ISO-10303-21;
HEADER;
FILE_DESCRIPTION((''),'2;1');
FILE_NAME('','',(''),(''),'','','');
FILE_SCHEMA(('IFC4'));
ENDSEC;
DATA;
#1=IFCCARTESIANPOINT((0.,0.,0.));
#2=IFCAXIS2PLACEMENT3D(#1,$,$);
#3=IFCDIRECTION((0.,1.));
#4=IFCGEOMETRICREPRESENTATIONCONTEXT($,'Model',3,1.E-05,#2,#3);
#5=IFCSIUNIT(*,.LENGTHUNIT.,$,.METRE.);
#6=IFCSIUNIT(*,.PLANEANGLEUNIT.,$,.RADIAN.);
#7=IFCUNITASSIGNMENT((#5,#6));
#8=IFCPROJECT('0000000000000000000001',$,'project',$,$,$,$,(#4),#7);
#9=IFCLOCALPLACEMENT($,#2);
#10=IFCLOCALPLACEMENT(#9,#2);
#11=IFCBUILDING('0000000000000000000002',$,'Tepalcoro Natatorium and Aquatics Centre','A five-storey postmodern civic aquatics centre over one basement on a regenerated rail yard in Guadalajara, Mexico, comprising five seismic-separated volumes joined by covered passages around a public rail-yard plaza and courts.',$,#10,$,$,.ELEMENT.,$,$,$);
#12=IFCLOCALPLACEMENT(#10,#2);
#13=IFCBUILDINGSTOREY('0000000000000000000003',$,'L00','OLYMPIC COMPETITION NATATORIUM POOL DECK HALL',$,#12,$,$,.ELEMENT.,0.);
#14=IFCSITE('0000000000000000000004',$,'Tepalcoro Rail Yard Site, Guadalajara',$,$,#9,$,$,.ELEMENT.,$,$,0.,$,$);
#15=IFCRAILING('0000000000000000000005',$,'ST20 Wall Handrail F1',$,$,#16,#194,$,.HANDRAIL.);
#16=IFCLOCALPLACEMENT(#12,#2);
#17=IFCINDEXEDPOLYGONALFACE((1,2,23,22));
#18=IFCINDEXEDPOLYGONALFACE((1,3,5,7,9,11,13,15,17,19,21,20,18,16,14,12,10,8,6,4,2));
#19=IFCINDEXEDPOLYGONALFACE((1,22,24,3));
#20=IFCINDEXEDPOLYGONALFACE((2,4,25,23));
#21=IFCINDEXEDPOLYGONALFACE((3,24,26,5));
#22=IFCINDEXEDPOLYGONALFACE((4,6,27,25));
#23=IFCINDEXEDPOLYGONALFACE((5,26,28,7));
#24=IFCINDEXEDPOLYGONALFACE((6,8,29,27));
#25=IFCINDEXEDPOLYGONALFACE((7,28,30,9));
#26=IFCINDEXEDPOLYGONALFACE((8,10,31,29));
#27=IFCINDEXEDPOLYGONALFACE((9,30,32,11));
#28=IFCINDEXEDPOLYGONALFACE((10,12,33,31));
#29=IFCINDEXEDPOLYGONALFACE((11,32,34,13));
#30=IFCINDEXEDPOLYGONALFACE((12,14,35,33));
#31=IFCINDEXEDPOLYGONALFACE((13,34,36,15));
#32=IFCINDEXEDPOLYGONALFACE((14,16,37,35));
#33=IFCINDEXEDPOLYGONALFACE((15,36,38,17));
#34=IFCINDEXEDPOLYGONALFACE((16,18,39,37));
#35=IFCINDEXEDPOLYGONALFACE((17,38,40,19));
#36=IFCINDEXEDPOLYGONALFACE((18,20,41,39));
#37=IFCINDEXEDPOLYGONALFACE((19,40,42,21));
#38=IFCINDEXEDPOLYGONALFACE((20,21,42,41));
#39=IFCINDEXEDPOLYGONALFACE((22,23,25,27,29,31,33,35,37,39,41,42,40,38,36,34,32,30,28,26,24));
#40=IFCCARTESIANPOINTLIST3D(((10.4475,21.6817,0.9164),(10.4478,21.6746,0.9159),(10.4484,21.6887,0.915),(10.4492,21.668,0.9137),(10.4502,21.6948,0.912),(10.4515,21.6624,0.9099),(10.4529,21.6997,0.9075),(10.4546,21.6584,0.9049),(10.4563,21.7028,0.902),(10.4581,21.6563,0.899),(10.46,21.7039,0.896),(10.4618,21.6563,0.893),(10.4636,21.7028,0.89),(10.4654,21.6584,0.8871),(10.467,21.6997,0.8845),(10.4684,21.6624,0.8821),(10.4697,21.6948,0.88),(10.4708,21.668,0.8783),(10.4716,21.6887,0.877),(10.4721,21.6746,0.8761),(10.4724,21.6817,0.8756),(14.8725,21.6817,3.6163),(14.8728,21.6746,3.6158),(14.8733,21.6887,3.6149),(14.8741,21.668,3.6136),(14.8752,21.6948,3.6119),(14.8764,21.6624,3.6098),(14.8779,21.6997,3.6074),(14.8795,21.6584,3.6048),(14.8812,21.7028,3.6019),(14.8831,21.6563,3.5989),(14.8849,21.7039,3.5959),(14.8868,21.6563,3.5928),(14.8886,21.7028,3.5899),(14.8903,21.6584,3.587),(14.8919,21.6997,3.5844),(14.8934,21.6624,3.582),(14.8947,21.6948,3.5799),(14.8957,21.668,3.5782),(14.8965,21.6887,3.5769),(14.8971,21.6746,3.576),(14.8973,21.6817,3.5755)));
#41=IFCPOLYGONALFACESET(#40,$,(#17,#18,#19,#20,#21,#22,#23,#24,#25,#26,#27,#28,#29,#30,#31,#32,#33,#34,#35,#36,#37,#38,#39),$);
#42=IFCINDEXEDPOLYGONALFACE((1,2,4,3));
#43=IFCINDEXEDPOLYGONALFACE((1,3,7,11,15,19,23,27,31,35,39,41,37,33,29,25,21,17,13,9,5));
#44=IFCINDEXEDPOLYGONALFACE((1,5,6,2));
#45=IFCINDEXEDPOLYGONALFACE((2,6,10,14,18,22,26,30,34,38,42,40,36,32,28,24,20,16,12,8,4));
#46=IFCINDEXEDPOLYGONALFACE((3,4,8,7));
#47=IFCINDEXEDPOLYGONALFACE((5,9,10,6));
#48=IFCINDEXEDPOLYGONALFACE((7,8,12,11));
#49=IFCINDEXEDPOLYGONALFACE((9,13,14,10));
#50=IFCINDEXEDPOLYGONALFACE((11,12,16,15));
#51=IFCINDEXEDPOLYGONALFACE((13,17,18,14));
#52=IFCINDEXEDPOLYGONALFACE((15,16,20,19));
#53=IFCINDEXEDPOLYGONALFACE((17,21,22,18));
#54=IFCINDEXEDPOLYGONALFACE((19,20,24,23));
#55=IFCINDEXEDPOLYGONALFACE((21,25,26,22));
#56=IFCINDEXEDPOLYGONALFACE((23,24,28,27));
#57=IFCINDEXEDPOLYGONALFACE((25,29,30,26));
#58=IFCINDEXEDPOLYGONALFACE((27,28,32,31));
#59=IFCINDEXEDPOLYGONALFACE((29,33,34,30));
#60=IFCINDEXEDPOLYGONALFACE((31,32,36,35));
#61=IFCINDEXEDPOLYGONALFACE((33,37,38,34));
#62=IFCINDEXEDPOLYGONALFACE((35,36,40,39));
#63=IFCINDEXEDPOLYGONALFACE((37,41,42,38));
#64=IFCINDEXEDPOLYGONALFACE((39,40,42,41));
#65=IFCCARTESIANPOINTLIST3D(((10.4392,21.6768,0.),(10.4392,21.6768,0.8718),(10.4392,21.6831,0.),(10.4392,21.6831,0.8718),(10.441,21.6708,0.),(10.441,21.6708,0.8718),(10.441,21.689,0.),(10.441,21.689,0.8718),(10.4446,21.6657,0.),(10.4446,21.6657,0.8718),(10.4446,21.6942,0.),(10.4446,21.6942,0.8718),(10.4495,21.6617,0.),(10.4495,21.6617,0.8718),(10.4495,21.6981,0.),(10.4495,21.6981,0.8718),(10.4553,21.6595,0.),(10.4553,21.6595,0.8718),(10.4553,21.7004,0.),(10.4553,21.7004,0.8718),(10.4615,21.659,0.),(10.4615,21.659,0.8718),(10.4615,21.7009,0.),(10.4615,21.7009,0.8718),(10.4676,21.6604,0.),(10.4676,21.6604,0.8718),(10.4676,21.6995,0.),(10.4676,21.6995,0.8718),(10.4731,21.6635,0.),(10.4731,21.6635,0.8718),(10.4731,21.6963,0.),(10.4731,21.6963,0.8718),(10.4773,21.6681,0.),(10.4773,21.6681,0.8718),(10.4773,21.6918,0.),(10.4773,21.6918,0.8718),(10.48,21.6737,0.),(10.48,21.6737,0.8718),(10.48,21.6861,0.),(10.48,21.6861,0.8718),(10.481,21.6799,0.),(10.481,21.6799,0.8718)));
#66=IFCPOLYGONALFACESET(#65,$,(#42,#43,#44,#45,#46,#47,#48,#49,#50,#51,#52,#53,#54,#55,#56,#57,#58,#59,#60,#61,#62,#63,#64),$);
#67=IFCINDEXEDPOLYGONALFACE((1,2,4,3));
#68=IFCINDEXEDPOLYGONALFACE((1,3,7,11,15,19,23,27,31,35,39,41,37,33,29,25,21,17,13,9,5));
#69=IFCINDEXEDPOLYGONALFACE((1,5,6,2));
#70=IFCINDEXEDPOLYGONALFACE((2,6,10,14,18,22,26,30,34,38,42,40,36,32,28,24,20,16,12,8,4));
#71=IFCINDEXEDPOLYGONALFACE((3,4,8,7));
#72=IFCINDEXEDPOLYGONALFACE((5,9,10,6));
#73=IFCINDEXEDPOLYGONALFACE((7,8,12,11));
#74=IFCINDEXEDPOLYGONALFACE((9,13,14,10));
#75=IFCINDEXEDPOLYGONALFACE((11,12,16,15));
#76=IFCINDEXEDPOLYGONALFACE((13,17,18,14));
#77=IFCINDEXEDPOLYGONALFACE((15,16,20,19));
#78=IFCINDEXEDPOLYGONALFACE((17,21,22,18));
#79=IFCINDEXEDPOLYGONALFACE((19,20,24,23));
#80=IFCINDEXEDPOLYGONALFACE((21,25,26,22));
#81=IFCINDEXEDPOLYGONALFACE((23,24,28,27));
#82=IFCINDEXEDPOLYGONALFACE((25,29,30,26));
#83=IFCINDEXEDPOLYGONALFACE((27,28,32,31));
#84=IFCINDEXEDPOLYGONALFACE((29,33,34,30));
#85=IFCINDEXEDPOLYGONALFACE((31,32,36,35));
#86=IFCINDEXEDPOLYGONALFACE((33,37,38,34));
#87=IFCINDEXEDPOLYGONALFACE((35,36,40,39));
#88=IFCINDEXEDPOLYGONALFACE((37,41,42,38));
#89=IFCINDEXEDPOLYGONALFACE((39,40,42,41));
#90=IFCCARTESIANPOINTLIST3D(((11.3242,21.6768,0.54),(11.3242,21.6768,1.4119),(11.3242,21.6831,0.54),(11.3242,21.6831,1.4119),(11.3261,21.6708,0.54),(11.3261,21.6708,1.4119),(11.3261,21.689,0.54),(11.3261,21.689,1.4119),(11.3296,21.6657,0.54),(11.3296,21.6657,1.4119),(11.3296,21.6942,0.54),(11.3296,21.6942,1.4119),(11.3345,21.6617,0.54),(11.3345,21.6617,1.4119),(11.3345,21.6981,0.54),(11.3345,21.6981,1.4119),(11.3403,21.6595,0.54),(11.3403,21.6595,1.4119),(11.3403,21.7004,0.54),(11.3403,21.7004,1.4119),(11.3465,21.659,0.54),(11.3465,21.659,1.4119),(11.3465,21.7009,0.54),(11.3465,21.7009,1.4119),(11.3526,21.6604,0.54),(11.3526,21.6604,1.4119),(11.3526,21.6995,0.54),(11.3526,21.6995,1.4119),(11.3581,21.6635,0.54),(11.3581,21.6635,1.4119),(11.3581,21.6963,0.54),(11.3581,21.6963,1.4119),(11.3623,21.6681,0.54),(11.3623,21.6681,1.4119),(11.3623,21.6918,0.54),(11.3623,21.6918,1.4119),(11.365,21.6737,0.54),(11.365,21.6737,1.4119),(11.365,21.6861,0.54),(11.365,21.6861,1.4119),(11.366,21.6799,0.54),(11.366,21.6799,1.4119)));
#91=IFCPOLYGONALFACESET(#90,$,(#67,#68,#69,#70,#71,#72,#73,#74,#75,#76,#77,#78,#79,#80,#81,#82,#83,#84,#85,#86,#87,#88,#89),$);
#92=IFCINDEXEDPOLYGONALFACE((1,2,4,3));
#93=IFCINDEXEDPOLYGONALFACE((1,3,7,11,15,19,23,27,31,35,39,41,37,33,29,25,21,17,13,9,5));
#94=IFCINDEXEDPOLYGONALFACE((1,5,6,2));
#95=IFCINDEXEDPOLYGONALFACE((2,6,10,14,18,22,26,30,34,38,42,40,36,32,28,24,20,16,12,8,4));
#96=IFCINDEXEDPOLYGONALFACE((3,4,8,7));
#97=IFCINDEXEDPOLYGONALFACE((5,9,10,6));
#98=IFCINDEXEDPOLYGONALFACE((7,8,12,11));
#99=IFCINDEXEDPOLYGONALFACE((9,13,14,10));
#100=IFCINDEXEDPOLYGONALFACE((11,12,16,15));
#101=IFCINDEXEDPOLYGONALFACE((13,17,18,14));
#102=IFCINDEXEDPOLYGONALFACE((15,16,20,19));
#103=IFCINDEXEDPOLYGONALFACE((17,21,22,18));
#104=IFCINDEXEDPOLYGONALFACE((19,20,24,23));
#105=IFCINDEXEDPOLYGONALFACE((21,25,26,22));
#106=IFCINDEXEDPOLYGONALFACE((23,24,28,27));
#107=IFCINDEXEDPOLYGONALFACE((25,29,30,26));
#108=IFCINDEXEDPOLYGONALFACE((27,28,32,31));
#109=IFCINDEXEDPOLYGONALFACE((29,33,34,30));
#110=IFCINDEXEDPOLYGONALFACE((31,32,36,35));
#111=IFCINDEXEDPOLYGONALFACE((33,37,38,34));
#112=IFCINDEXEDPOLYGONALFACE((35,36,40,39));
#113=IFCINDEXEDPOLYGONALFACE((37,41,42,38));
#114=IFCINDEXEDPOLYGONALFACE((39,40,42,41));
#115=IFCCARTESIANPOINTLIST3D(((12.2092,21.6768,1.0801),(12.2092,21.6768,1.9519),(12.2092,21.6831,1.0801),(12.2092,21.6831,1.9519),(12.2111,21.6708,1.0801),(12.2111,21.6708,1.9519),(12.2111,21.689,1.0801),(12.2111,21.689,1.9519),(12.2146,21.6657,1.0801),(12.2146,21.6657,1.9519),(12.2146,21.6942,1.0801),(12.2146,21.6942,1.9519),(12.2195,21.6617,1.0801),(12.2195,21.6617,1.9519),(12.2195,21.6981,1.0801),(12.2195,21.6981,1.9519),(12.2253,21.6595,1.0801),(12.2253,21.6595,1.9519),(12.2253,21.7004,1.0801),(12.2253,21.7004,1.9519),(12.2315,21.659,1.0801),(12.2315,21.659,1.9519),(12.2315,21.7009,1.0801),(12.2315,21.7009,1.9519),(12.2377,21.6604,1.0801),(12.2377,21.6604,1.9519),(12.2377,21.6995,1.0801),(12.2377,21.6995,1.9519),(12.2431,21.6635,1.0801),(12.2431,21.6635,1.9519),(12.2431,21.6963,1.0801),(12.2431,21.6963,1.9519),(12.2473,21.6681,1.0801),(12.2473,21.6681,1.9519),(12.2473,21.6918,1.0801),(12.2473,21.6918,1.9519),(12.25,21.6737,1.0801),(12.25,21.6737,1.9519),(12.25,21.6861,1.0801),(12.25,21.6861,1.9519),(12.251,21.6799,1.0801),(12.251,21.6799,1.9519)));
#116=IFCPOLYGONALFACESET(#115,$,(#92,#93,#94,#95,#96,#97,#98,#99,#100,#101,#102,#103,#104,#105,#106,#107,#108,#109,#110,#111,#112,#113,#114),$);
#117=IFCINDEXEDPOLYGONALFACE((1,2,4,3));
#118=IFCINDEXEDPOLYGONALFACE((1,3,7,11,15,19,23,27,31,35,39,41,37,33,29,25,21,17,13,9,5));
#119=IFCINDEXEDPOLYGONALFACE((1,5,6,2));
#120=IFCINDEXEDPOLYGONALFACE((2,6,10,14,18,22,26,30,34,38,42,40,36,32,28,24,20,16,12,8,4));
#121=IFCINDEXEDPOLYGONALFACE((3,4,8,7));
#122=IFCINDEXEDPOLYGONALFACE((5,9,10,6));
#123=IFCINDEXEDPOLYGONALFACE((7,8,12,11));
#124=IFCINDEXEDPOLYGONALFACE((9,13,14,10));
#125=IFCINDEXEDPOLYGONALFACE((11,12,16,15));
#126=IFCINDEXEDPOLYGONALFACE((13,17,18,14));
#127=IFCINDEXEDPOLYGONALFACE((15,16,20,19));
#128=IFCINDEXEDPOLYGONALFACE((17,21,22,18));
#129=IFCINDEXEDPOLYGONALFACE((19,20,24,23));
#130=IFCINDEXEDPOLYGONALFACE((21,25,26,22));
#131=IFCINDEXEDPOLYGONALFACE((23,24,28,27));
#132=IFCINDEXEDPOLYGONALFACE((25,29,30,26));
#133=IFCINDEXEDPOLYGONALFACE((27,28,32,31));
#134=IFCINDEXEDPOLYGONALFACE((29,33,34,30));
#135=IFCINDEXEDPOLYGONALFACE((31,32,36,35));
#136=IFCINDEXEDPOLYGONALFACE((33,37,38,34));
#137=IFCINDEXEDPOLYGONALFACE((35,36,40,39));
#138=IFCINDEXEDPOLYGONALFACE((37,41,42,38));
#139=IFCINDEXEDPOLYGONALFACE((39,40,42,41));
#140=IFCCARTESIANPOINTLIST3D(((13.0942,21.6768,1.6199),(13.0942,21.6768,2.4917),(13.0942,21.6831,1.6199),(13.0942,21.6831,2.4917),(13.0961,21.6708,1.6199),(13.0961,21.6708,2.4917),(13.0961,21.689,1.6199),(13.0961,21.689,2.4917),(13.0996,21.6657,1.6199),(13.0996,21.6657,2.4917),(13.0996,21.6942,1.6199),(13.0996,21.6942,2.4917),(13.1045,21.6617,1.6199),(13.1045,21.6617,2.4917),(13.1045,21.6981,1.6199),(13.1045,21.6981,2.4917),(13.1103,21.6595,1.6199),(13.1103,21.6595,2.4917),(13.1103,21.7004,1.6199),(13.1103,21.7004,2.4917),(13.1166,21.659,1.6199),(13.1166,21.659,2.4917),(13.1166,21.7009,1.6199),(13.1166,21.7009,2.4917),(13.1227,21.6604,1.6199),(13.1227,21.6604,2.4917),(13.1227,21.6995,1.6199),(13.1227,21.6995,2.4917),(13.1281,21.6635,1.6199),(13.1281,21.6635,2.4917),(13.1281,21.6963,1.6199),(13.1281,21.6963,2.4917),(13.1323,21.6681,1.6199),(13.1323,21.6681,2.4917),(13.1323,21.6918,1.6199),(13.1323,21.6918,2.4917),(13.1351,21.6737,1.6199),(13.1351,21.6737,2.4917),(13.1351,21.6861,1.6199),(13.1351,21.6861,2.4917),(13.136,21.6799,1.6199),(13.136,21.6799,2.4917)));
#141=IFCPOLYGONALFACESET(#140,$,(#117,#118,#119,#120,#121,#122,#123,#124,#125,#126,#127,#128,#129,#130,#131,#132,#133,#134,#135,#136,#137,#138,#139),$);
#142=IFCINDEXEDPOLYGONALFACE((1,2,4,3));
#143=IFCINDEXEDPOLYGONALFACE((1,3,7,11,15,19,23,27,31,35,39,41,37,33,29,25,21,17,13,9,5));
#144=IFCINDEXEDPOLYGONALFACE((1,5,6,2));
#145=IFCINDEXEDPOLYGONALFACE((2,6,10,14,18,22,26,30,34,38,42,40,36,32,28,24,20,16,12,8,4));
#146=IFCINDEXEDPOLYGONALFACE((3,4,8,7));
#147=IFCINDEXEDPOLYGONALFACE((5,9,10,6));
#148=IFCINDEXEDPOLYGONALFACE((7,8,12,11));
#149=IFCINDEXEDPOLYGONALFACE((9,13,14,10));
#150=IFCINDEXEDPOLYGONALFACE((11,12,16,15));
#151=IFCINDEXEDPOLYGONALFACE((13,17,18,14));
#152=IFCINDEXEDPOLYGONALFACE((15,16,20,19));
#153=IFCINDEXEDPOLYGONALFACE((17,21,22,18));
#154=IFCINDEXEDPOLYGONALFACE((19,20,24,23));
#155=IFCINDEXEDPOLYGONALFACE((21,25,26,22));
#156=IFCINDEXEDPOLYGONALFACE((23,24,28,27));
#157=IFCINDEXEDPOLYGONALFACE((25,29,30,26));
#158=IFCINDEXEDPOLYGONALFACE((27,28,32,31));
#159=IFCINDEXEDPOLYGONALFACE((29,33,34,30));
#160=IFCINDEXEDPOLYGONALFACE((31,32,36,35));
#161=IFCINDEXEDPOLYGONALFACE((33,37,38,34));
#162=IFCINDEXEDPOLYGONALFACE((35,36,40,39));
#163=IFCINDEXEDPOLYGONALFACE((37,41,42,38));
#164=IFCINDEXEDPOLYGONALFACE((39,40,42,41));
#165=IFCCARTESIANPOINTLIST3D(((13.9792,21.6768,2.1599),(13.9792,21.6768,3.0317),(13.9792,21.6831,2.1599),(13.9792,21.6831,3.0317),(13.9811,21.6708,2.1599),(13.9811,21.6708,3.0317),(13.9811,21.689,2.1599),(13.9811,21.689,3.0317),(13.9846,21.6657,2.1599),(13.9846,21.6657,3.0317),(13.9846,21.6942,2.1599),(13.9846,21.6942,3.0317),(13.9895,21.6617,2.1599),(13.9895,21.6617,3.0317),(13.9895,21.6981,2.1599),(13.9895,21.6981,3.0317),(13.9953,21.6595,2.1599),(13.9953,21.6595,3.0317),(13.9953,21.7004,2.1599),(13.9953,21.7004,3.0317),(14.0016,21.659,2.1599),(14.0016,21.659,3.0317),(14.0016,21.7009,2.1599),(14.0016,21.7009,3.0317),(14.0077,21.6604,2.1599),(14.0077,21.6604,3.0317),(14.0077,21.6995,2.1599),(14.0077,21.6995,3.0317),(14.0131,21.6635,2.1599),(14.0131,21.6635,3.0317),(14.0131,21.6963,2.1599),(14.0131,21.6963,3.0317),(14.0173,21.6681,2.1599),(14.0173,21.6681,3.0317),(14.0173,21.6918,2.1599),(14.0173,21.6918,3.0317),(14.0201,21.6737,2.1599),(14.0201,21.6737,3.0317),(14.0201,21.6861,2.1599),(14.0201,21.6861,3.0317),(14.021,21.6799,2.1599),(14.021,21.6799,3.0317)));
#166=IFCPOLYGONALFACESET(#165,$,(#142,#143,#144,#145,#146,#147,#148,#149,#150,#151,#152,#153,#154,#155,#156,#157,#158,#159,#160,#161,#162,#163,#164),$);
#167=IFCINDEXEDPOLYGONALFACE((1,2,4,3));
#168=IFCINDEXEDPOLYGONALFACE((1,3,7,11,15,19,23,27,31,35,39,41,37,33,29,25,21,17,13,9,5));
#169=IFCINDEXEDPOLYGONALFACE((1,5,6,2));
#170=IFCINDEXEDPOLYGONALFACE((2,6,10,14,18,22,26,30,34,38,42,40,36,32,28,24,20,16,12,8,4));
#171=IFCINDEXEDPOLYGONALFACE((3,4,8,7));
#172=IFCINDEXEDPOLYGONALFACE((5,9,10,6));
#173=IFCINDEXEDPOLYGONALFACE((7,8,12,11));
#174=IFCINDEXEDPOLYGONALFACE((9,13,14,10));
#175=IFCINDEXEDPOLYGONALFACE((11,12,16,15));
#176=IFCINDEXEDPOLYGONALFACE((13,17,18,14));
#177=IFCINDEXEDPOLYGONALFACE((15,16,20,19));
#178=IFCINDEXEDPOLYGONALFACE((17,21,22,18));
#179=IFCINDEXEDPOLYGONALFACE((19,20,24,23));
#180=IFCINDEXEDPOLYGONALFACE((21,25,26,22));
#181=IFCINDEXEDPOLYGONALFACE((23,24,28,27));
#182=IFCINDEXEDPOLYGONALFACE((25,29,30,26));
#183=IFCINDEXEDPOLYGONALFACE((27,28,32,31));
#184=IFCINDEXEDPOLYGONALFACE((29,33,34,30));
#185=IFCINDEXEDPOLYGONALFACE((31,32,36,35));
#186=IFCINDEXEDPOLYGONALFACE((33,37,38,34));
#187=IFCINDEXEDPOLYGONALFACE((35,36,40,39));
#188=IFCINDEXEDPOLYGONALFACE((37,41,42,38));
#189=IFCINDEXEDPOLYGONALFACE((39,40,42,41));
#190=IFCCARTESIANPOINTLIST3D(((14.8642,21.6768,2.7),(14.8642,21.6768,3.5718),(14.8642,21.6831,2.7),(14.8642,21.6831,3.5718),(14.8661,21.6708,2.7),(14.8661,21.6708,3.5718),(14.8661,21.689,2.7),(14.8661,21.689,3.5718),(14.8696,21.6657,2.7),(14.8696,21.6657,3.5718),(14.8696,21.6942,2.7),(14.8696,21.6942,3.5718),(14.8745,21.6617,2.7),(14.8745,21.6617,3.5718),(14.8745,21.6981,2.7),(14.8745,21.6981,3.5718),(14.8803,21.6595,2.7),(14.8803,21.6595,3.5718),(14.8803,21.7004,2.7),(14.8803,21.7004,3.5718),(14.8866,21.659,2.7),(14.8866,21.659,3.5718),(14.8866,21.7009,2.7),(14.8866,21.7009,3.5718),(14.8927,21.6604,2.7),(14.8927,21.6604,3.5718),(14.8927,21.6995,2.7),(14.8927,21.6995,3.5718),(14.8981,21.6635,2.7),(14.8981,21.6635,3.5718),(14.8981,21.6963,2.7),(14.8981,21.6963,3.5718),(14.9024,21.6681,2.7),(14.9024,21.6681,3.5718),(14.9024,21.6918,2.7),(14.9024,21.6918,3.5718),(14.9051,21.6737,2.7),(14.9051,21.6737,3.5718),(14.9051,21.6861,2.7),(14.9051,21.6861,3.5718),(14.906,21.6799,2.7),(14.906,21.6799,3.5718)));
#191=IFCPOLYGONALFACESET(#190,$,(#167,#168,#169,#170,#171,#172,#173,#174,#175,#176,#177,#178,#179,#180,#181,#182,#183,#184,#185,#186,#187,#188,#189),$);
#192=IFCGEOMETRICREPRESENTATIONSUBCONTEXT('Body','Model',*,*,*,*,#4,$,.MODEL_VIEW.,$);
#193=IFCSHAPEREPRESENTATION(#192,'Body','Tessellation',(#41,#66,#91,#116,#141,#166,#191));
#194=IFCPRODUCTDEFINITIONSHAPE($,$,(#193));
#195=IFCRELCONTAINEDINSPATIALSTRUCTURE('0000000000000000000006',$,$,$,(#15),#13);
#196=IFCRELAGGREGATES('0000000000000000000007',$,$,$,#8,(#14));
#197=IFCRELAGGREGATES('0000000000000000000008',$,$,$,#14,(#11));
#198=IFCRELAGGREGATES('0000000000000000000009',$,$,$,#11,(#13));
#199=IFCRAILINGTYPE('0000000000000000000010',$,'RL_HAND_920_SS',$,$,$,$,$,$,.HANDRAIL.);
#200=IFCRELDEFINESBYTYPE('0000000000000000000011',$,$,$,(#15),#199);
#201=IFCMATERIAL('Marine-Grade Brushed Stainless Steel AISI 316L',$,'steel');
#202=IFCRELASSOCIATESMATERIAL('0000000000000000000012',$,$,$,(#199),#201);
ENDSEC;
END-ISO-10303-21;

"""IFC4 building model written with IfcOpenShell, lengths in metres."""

from ifc_helpers import new_model, si_unit, direction, frame, origin, origin_2d, place, context, subcontext, project, spatial, circle, extrude, material, type_object, element, save


model = new_model("IFC4")

# Units and contexts
model_context = context("Model", 3, precision=1e-05, world=origin(), true_north=direction((0.0, 1.0)))
body_context = subcontext(model_context, "Body", "Model", "MODEL_VIEW")
ifc_project = project(units=[si_unit("LENGTHUNIT", "METRE"), si_unit("PLANEANGLEUNIT", "RADIAN")], contexts=[model_context])

# Site, building, storey
site_placement = place(None, origin())
site = spatial("IfcSite", under=ifc_project, at=site_placement, Name="Tepalcoro Rail Yard Site, Guadalajara", CompositionType="ELEMENT", RefElevation=0.0)
building_placement = place(site_placement, origin())
building = spatial("IfcBuilding", under=site, at=building_placement, Name="Tepalcoro Natatorium and Aquatics Centre", Description="A five-storey postmodern civic aquatics centre over one basement on a regenerated rail yard in Guadalajara, Mexico, comprising five seismic-separated volumes joined by covered passages around a public rail-yard plaza and courts.", CompositionType="ELEMENT")
storey_placement = place(building_placement, origin())
storey = spatial("IfcBuildingStorey", under=building, at=storey_placement, Name="L00", Description="OLYMPIC COMPETITION NATATORIUM POOL DECK HALL", CompositionType="ELEMENT", Elevation=0.0)

# Railing
ifc_material_1 = material(Name="Marine-Grade Brushed Stainless Steel AISI 316L", Category="steel")
railing_type_1 = type_object("IfcRailingType", Name="RL_HAND_920_SS", PredefinedType="HANDRAIL", material=ifc_material_1)
railing_1_placement = place(storey_placement, frame((10.46, 21.6799, 0.0)))
element("IfcRailing", 1, at=railing_1_placement, inside=storey, type_object=railing_type_1, Name="ST20 Wall Handrail F1", PredefinedType="HANDRAIL", context=body_context, shape_type="SweptSolid", body=[
    extrude(circle(Radius=0.0239, at=origin_2d()), frame((0.0, 0.0, 0.896), z_axis=(0.853646, 0.0, 0.520854), x_axis=(0.0, 1.0, 0.0)), (0.0, 0.0, 1.0), 5.1836),
    extrude(circle(Radius=0.021, at=origin_2d()), origin(), (0.0, 0.0, 1.0), 0.8718),
    extrude(circle(Radius=0.021, at=origin_2d()), frame((0.885, 0.0, 0.54)), (0.0, 0.0, 1.0), 0.8718),
    extrude(circle(Radius=0.021, at=origin_2d()), frame((1.77, 0.0, 1.0801)), (0.0, 0.0, 1.0), 0.8718),
    extrude(circle(Radius=0.021, at=origin_2d()), frame((2.655, 0.0, 1.6199)), (0.0, 0.0, 1.0), 0.8718),
    extrude(circle(Radius=0.021, at=origin_2d()), frame((3.54, 0.0, 2.1599)), (0.0, 0.0, 1.0), 0.8718),
    extrude(circle(Radius=0.021, at=origin_2d()), frame((4.425, 0.0, 2.7)), (0.0, 0.0, 1.0), 0.8718),
])

save(model, "model.ifc")
